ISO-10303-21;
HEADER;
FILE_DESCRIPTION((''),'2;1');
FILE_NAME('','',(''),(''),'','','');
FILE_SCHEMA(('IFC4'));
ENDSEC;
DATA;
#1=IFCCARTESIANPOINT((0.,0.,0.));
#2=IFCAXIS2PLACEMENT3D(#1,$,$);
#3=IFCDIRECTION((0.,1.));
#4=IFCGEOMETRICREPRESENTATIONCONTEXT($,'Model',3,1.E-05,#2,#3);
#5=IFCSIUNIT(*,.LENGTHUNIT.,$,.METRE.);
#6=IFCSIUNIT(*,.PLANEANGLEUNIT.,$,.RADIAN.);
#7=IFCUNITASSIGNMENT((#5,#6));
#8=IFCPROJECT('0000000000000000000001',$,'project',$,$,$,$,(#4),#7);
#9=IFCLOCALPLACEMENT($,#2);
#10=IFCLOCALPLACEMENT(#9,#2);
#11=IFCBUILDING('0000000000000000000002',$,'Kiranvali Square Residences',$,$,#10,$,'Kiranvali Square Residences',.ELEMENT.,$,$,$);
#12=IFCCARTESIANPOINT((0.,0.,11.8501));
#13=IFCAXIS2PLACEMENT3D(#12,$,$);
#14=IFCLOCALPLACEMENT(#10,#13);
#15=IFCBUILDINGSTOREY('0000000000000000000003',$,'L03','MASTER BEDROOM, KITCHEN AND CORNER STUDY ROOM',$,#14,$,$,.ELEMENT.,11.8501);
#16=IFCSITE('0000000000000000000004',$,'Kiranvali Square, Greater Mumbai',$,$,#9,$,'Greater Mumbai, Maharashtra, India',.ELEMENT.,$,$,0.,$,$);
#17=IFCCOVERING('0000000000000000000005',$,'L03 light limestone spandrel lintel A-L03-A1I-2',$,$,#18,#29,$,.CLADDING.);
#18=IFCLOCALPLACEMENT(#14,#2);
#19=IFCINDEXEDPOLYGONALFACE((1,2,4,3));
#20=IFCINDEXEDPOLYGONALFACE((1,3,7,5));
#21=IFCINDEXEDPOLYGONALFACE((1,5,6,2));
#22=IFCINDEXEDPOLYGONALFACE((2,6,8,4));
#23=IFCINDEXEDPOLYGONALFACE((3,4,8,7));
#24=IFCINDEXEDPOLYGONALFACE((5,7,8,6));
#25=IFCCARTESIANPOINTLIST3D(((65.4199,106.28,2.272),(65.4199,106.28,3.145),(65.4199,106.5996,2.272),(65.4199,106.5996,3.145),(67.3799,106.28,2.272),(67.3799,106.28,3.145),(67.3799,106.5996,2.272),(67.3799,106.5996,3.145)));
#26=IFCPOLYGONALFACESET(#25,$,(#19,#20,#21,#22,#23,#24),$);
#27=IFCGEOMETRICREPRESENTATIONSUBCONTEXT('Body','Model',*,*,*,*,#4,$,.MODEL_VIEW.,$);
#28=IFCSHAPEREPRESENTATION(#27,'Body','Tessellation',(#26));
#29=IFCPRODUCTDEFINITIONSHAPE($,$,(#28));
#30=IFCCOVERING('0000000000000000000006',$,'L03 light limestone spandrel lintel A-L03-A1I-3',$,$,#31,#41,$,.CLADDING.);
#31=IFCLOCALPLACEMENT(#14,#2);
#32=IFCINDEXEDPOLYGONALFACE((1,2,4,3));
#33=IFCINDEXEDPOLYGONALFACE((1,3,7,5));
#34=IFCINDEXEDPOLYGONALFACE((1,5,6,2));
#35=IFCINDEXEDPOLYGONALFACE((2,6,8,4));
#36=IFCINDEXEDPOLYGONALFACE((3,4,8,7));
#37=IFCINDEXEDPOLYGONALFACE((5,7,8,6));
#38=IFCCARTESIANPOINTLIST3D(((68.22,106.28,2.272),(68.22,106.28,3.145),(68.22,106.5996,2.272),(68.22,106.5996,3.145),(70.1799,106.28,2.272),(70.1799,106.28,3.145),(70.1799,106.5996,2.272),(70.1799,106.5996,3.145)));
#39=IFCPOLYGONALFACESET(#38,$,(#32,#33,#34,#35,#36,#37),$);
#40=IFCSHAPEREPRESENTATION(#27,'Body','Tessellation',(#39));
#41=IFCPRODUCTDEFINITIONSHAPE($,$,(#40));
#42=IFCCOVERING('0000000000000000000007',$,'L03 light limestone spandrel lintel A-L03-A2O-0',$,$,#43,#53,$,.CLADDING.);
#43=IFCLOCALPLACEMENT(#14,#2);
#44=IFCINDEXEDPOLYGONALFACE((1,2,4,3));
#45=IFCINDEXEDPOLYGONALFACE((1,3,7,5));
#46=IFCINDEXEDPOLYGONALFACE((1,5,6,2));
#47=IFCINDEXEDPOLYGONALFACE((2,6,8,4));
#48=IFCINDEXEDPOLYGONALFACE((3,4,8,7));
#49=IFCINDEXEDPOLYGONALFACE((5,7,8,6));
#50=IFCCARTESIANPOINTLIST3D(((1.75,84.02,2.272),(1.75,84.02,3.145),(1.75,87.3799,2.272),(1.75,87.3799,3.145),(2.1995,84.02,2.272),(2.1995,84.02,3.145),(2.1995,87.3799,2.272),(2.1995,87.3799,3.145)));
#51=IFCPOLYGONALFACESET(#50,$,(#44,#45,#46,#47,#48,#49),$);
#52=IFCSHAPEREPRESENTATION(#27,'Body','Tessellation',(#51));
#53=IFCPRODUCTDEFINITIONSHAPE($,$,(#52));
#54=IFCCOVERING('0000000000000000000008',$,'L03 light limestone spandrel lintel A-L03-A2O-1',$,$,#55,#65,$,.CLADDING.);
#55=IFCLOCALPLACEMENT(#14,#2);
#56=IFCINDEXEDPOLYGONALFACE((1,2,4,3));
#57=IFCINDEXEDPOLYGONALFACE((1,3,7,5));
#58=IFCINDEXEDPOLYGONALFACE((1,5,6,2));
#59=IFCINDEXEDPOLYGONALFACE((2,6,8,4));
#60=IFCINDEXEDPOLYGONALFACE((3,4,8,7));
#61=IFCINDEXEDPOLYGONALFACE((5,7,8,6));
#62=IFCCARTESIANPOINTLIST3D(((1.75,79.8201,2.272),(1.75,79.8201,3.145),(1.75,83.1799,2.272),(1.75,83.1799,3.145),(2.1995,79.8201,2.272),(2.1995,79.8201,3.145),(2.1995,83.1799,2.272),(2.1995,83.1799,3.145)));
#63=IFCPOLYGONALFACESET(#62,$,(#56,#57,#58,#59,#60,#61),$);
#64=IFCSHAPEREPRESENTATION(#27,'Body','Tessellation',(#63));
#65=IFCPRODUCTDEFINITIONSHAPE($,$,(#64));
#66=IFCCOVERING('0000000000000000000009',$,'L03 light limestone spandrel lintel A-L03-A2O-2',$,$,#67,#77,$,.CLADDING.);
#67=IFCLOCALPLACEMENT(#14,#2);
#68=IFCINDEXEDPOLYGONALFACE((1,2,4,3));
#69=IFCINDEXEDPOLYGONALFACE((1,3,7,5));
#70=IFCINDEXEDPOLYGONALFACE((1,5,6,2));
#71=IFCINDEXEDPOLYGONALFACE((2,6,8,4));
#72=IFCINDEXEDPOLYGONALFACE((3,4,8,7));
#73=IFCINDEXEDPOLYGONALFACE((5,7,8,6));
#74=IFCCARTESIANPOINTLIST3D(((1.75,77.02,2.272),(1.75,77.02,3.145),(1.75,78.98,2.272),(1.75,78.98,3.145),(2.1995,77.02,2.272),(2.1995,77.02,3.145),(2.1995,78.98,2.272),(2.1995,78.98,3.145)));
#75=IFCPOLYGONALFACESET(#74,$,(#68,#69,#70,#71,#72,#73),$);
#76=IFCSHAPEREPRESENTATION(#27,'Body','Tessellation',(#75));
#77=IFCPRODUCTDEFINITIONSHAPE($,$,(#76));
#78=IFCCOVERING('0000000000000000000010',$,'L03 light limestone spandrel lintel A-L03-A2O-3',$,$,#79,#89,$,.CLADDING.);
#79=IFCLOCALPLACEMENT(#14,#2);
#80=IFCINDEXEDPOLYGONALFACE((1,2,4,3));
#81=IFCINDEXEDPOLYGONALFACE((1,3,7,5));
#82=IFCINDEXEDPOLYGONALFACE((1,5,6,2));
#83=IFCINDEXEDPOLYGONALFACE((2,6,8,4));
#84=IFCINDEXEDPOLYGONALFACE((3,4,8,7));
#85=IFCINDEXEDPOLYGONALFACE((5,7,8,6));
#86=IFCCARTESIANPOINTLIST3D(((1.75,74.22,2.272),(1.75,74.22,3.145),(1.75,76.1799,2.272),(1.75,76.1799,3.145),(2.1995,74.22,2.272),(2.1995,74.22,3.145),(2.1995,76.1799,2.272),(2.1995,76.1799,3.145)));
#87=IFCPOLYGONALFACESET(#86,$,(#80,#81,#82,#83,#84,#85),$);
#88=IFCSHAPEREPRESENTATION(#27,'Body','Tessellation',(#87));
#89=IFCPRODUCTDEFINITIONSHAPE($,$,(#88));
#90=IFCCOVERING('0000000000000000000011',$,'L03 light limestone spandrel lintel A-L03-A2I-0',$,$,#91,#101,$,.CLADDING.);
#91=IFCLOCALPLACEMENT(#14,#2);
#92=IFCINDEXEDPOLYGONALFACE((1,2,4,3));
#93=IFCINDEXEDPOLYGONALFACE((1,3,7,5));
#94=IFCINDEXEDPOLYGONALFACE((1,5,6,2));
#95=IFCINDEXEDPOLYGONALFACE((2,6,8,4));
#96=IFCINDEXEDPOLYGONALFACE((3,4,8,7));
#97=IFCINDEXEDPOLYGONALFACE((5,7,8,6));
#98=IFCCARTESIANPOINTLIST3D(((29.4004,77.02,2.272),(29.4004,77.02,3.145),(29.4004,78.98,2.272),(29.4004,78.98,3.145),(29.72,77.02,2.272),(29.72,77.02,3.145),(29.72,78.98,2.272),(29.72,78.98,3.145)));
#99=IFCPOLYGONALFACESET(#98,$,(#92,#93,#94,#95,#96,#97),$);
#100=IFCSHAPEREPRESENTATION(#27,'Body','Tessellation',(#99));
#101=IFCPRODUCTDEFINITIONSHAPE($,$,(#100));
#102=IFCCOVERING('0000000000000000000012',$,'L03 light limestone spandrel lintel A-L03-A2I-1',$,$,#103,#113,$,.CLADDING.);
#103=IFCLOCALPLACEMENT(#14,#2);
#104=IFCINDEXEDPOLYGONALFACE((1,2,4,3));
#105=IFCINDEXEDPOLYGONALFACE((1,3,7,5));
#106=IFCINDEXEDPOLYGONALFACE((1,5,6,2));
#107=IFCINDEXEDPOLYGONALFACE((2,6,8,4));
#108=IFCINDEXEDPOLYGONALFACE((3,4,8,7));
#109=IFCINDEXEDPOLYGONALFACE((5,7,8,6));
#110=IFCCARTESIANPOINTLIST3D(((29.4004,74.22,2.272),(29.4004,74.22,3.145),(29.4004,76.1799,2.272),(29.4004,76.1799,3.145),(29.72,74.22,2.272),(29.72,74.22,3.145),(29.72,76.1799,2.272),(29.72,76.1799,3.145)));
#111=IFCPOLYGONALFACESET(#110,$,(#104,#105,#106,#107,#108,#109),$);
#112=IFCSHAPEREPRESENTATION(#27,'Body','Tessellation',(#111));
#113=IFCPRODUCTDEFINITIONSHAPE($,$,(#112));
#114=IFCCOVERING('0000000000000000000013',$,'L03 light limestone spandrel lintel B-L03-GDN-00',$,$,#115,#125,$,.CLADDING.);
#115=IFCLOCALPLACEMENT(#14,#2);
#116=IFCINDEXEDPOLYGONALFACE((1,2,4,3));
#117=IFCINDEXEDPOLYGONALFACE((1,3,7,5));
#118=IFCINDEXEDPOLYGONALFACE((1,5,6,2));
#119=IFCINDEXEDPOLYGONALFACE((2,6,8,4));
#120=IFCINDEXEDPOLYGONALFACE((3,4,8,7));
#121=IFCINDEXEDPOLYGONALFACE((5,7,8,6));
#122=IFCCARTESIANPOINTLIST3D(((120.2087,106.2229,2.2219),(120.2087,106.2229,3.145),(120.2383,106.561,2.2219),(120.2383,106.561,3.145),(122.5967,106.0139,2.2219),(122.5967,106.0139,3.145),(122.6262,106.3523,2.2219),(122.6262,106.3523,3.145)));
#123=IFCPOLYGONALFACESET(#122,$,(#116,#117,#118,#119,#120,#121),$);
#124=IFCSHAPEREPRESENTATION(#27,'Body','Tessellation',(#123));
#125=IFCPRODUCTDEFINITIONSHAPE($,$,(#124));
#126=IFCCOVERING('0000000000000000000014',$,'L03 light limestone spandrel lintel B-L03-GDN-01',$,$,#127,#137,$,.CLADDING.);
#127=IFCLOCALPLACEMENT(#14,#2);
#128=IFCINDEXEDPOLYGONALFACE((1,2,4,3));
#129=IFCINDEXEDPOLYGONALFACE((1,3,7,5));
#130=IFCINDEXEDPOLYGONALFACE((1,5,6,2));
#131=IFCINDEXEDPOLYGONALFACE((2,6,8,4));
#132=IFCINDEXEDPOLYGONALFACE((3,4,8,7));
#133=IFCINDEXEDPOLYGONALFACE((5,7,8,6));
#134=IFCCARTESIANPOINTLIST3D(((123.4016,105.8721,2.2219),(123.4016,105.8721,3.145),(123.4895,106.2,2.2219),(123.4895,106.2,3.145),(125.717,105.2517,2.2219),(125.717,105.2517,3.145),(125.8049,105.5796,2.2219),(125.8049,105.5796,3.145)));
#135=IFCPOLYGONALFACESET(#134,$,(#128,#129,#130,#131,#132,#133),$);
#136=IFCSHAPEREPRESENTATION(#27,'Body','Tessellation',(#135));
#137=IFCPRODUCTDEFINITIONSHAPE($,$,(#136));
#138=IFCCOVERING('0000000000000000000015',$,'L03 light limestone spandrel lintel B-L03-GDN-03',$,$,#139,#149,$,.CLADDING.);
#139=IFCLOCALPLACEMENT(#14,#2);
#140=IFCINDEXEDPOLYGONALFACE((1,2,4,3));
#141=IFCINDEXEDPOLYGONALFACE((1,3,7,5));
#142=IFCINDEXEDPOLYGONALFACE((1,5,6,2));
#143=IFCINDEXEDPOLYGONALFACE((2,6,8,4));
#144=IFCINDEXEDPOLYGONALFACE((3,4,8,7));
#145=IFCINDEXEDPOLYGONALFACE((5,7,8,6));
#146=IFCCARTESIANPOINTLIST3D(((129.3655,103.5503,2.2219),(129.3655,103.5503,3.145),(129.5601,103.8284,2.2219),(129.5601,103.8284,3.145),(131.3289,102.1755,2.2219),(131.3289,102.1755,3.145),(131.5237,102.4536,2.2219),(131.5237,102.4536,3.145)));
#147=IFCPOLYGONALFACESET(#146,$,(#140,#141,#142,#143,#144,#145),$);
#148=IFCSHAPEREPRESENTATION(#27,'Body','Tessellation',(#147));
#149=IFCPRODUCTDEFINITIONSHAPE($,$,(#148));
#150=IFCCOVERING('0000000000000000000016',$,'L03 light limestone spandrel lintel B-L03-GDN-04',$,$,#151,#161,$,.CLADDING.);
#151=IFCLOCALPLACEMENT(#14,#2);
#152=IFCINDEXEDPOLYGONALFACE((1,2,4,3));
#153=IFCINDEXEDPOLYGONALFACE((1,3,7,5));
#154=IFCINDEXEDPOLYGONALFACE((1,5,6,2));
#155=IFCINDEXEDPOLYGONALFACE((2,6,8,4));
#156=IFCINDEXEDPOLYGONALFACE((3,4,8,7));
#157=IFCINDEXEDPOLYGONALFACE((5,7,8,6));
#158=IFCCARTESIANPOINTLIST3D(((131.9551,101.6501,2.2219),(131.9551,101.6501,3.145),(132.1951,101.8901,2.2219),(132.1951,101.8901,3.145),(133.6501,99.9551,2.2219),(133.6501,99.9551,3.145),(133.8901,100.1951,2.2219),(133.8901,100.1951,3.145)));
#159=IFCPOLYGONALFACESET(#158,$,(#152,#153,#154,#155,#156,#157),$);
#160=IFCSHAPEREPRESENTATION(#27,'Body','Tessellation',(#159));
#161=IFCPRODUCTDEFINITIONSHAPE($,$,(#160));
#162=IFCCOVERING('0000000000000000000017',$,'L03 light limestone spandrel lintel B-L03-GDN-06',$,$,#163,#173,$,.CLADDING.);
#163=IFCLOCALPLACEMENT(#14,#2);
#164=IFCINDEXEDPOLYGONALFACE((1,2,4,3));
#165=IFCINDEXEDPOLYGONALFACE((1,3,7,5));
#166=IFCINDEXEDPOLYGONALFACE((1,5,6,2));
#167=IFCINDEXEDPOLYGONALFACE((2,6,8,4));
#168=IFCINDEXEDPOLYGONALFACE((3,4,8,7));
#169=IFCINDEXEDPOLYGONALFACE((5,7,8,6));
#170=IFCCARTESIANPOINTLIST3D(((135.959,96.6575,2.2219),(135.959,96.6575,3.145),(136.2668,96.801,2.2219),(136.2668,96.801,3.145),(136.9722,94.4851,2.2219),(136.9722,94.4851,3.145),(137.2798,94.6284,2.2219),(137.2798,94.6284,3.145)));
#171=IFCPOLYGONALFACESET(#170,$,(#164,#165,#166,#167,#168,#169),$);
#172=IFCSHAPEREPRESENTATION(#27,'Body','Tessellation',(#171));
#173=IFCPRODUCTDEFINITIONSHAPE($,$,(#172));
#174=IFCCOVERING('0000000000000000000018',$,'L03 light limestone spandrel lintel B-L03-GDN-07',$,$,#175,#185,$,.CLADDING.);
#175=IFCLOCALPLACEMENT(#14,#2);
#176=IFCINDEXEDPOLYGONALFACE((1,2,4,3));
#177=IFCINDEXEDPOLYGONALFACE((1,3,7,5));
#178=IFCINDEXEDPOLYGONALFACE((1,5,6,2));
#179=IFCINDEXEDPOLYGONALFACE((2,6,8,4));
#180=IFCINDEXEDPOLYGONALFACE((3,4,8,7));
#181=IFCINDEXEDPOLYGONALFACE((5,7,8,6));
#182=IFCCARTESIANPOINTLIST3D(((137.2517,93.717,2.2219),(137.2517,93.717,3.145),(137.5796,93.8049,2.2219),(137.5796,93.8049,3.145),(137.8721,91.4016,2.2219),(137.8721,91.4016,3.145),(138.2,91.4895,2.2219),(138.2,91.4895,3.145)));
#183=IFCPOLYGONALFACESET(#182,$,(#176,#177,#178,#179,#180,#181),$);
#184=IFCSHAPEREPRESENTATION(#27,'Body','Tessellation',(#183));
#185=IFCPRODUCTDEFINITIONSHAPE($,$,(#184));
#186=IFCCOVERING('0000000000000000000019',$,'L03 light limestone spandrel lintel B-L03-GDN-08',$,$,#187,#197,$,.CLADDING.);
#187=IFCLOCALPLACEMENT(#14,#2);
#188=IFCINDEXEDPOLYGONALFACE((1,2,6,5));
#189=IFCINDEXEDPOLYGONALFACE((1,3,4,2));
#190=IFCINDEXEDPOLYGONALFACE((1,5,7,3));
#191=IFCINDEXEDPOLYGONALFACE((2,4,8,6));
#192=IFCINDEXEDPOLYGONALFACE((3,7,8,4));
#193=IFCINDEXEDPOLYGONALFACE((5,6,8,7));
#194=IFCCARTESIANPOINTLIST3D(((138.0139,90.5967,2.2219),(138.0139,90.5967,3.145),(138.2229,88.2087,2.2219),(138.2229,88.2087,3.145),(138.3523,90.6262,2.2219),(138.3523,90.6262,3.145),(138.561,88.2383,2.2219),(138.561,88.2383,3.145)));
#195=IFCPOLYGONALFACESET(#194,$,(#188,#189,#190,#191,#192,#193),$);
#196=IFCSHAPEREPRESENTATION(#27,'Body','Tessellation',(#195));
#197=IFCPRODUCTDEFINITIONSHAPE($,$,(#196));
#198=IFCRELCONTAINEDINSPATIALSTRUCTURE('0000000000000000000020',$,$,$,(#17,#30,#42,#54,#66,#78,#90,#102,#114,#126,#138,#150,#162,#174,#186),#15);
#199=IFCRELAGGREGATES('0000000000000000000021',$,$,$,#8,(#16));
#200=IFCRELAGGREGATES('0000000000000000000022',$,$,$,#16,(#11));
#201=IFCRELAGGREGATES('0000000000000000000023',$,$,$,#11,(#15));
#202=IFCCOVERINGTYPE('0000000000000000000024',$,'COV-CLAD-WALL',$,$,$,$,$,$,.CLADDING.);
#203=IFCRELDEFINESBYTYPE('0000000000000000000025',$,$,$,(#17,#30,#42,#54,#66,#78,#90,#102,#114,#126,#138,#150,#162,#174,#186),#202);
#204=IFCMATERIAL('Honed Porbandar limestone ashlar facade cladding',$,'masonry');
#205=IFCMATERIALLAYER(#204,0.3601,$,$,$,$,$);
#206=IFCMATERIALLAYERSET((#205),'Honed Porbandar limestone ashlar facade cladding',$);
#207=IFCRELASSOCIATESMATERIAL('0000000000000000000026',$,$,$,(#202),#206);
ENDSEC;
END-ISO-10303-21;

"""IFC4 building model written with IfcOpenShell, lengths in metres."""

from ifc_helpers import new_model, si_unit, direction, frame, origin, place, context, subcontext, project, spatial, polyline, outline, extrude, material, layer, layer_set, type_object, element, save


model = new_model("IFC4")

# Units and contexts
model_context = context("Model", 3, precision=1e-05, world=origin(), true_north=direction((0.0, 1.0)))
body_context = subcontext(model_context, "Body", "Model", "MODEL_VIEW")
ifc_project = project(units=[si_unit("LENGTHUNIT", "METRE"), si_unit("PLANEANGLEUNIT", "RADIAN")], contexts=[model_context])

# Site, building, storey
site_placement = place(None, origin())
site = spatial("IfcSite", under=ifc_project, at=site_placement, Name="Kiranvali Square, Greater Mumbai", LongName="Greater Mumbai, Maharashtra, India", CompositionType="ELEMENT", RefElevation=0.0)
building_placement = place(site_placement, origin())
building = spatial("IfcBuilding", under=site, at=building_placement, Name="Kiranvali Square Residences", LongName="Kiranvali Square Residences", CompositionType="ELEMENT")
storey_placement = place(building_placement, frame((0.0, 0.0, 11.8501)))
storey = spatial("IfcBuildingStorey", under=building, at=storey_placement, Name="L03", Description="MASTER BEDROOM, KITCHEN AND CORNER STUDY ROOM", CompositionType="ELEMENT", Elevation=11.8501)

# Coverings
ifc_material = material(Name="Honed Porbandar limestone ashlar facade cladding", Category="masonry")
ifc_layer = layer(ifc_material, 0.3601)
ifc_layer_set = layer_set([ifc_layer], Name="Honed Porbandar limestone ashlar facade cladding")
covering_type = type_object("IfcCoveringType", Name="COV-CLAD-WALL", PredefinedType="CLADDING", material=ifc_layer_set)
covering_1_placement = place(storey_placement, frame((0.0, 0.0, 2.272)))
element("IfcCovering", 1, at=covering_1_placement, inside=storey, type_object=covering_type, Name="L03 light limestone spandrel lintel A-L03-A1I-2", PredefinedType="CLADDING", context=body_context, shape_type="SweptSolid", body=[
    extrude(outline(polyline([(65.4199, 106.28), (67.3799, 106.28), (67.3799, 106.5996), (65.4199, 106.5996), (65.4199, 106.28)])), origin(), (0.0, 0.0, 1.0), 0.873),
])
covering_2_placement = place(storey_placement, frame((0.0, 0.0, 2.272)))
element("IfcCovering", 2, at=covering_2_placement, inside=storey, type_object=covering_type, Name="L03 light limestone spandrel lintel A-L03-A1I-3", PredefinedType="CLADDING", context=body_context, shape_type="SweptSolid", body=[
    extrude(outline(polyline([(68.22, 106.28), (70.1799, 106.28), (70.1799, 106.5996), (68.22, 106.5996), (68.22, 106.28)])), origin(), (0.0, 0.0, 1.0), 0.873),
])
covering_3_placement = place(storey_placement, frame((0.0, 0.0, 2.272)))
element("IfcCovering", 3, at=covering_3_placement, inside=storey, type_object=covering_type, Name="L03 light limestone spandrel lintel A-L03-A2O-0", PredefinedType="CLADDING", context=body_context, shape_type="SweptSolid", body=[
    extrude(outline(polyline([(1.75, 87.3799), (1.75, 84.02), (2.1995, 84.02), (2.1995, 87.3799), (1.75, 87.3799)])), origin(), (0.0, 0.0, 1.0), 0.873),
])
covering_4_placement = place(storey_placement, frame((0.0, 0.0, 2.272)))
element("IfcCovering", 4, at=covering_4_placement, inside=storey, type_object=covering_type, Name="L03 light limestone spandrel lintel A-L03-A2O-1", PredefinedType="CLADDING", context=body_context, shape_type="SweptSolid", body=[
    extrude(outline(polyline([(1.75, 83.1799), (1.75, 79.8201), (2.1995, 79.8201), (2.1995, 83.1799), (1.75, 83.1799)])), origin(), (0.0, 0.0, 1.0), 0.873),
])
covering_5_placement = place(storey_placement, frame((0.0, 0.0, 2.272)))
element("IfcCovering", 5, at=covering_5_placement, inside=storey, type_object=covering_type, Name="L03 light limestone spandrel lintel A-L03-A2O-2", PredefinedType="CLADDING", context=body_context, shape_type="SweptSolid", body=[
    extrude(outline(polyline([(1.75, 78.98), (1.75, 77.02), (2.1995, 77.02), (2.1995, 78.98), (1.75, 78.98)])), origin(), (0.0, 0.0, 1.0), 0.873),
])
covering_6_placement = place(storey_placement, frame((0.0, 0.0, 2.272)))
element("IfcCovering", 6, at=covering_6_placement, inside=storey, type_object=covering_type, Name="L03 light limestone spandrel lintel A-L03-A2O-3", PredefinedType="CLADDING", context=body_context, shape_type="SweptSolid", body=[
    extrude(outline(polyline([(1.75, 76.1799), (1.75, 74.22), (2.1995, 74.22), (2.1995, 76.1799), (1.75, 76.1799)])), origin(), (0.0, 0.0, 1.0), 0.873),
])
covering_7_placement = place(storey_placement, frame((0.0, 0.0, 2.272)))
element("IfcCovering", 7, at=covering_7_placement, inside=storey, type_object=covering_type, Name="L03 light limestone spandrel lintel A-L03-A2I-0", PredefinedType="CLADDING", context=body_context, shape_type="SweptSolid", body=[
    extrude(outline(polyline([(29.4004, 78.98), (29.4004, 77.02), (29.72, 77.02), (29.72, 78.98), (29.4004, 78.98)])), origin(), (0.0, 0.0, 1.0), 0.873),
])
covering_8_placement = place(storey_placement, frame((0.0, 0.0, 2.272)))
element("IfcCovering", 8, at=covering_8_placement, inside=storey, type_object=covering_type, Name="L03 light limestone spandrel lintel A-L03-A2I-1", PredefinedType="CLADDING", context=body_context, shape_type="SweptSolid", body=[
    extrude(outline(polyline([(29.4004, 76.1799), (29.4004, 74.22), (29.72, 74.22), (29.72, 76.1799), (29.4004, 76.1799)])), origin(), (0.0, 0.0, 1.0), 0.873),
])
covering_9_placement = place(storey_placement, frame((0.0, 0.0, 2.2219)))
element("IfcCovering", 9, at=covering_9_placement, inside=storey, type_object=covering_type, Name="L03 light limestone spandrel lintel B-L03-GDN-00", PredefinedType="CLADDING", context=body_context, shape_type="SweptSolid", body=[
    extrude(outline(polyline([(120.2087, 106.2229), (122.5967, 106.0139), (122.6262, 106.3523), (120.2383, 106.561), (120.2087, 106.2229)])), origin(), (0.0, 0.0, 1.0), 0.9231),
])
covering_10_placement = place(storey_placement, frame((0.0, 0.0, 2.2219)))
element("IfcCovering", 10, at=covering_10_placement, inside=storey, type_object=covering_type, Name="L03 light limestone spandrel lintel B-L03-GDN-01", PredefinedType="CLADDING", context=body_context, shape_type="SweptSolid", body=[
    extrude(outline(polyline([(123.4016, 105.8721), (125.717, 105.2517), (125.8049, 105.5796), (123.4895, 106.2), (123.4016, 105.8721)])), origin(), (0.0, 0.0, 1.0), 0.9231),
])
covering_11_placement = place(storey_placement, frame((0.0, 0.0, 2.2219)))
element("IfcCovering", 11, at=covering_11_placement, inside=storey, type_object=covering_type, Name="L03 light limestone spandrel lintel B-L03-GDN-03", PredefinedType="CLADDING", context=body_context, shape_type="SweptSolid", body=[
    extrude(outline(polyline([(129.3655, 103.5503), (131.3289, 102.1755), (131.5237, 102.4536), (129.5601, 103.8284), (129.3655, 103.5503)])), origin(), (0.0, 0.0, 1.0), 0.9231),
])
covering_12_placement = place(storey_placement, frame((0.0, 0.0, 2.2219)))
element("IfcCovering", 12, at=covering_12_placement, inside=storey, type_object=covering_type, Name="L03 light limestone spandrel lintel B-L03-GDN-04", PredefinedType="CLADDING", context=body_context, shape_type="SweptSolid", body=[
    extrude(outline(polyline([(131.9551, 101.6501), (133.6501, 99.9551), (133.8901, 100.1951), (132.1951, 101.8901), (131.9551, 101.6501)])), origin(), (0.0, 0.0, 1.0), 0.9231),
])
covering_13_placement = place(storey_placement, frame((0.0, 0.0, 2.2219)))
element("IfcCovering", 13, at=covering_13_placement, inside=storey, type_object=covering_type, Name="L03 light limestone spandrel lintel B-L03-GDN-06", PredefinedType="CLADDING", context=body_context, shape_type="SweptSolid", body=[
    extrude(outline(polyline([(135.959, 96.6575), (136.9722, 94.4851), (137.2798, 94.6284), (136.2668, 96.801), (135.959, 96.6575)])), origin(), (0.0, 0.0, 1.0), 0.9231),
])
covering_14_placement = place(storey_placement, frame((0.0, 0.0, 2.2219)))
element("IfcCovering", 14, at=covering_14_placement, inside=storey, type_object=covering_type, Name="L03 light limestone spandrel lintel B-L03-GDN-07", PredefinedType="CLADDING", context=body_context, shape_type="SweptSolid", body=[
    extrude(outline(polyline([(137.2517, 93.717), (137.8721, 91.4016), (138.2, 91.4895), (137.5796, 93.8049), (137.2517, 93.717)])), origin(), (0.0, 0.0, 1.0), 0.9231),
])
covering_15_placement = place(storey_placement, frame((0.0, 0.0, 2.2219)))
element("IfcCovering", 15, at=covering_15_placement, inside=storey, type_object=covering_type, Name="L03 light limestone spandrel lintel B-L03-GDN-08", PredefinedType="CLADDING", context=body_context, shape_type="SweptSolid", body=[
    extrude(outline(polyline([(138.0139, 90.5967), (138.2229, 88.2087), (138.561, 88.2383), (138.3523, 90.6262), (138.0139, 90.5967)])), origin(), (0.0, 0.0, 1.0), 0.9231),
])

save(model, "model.ifc")
